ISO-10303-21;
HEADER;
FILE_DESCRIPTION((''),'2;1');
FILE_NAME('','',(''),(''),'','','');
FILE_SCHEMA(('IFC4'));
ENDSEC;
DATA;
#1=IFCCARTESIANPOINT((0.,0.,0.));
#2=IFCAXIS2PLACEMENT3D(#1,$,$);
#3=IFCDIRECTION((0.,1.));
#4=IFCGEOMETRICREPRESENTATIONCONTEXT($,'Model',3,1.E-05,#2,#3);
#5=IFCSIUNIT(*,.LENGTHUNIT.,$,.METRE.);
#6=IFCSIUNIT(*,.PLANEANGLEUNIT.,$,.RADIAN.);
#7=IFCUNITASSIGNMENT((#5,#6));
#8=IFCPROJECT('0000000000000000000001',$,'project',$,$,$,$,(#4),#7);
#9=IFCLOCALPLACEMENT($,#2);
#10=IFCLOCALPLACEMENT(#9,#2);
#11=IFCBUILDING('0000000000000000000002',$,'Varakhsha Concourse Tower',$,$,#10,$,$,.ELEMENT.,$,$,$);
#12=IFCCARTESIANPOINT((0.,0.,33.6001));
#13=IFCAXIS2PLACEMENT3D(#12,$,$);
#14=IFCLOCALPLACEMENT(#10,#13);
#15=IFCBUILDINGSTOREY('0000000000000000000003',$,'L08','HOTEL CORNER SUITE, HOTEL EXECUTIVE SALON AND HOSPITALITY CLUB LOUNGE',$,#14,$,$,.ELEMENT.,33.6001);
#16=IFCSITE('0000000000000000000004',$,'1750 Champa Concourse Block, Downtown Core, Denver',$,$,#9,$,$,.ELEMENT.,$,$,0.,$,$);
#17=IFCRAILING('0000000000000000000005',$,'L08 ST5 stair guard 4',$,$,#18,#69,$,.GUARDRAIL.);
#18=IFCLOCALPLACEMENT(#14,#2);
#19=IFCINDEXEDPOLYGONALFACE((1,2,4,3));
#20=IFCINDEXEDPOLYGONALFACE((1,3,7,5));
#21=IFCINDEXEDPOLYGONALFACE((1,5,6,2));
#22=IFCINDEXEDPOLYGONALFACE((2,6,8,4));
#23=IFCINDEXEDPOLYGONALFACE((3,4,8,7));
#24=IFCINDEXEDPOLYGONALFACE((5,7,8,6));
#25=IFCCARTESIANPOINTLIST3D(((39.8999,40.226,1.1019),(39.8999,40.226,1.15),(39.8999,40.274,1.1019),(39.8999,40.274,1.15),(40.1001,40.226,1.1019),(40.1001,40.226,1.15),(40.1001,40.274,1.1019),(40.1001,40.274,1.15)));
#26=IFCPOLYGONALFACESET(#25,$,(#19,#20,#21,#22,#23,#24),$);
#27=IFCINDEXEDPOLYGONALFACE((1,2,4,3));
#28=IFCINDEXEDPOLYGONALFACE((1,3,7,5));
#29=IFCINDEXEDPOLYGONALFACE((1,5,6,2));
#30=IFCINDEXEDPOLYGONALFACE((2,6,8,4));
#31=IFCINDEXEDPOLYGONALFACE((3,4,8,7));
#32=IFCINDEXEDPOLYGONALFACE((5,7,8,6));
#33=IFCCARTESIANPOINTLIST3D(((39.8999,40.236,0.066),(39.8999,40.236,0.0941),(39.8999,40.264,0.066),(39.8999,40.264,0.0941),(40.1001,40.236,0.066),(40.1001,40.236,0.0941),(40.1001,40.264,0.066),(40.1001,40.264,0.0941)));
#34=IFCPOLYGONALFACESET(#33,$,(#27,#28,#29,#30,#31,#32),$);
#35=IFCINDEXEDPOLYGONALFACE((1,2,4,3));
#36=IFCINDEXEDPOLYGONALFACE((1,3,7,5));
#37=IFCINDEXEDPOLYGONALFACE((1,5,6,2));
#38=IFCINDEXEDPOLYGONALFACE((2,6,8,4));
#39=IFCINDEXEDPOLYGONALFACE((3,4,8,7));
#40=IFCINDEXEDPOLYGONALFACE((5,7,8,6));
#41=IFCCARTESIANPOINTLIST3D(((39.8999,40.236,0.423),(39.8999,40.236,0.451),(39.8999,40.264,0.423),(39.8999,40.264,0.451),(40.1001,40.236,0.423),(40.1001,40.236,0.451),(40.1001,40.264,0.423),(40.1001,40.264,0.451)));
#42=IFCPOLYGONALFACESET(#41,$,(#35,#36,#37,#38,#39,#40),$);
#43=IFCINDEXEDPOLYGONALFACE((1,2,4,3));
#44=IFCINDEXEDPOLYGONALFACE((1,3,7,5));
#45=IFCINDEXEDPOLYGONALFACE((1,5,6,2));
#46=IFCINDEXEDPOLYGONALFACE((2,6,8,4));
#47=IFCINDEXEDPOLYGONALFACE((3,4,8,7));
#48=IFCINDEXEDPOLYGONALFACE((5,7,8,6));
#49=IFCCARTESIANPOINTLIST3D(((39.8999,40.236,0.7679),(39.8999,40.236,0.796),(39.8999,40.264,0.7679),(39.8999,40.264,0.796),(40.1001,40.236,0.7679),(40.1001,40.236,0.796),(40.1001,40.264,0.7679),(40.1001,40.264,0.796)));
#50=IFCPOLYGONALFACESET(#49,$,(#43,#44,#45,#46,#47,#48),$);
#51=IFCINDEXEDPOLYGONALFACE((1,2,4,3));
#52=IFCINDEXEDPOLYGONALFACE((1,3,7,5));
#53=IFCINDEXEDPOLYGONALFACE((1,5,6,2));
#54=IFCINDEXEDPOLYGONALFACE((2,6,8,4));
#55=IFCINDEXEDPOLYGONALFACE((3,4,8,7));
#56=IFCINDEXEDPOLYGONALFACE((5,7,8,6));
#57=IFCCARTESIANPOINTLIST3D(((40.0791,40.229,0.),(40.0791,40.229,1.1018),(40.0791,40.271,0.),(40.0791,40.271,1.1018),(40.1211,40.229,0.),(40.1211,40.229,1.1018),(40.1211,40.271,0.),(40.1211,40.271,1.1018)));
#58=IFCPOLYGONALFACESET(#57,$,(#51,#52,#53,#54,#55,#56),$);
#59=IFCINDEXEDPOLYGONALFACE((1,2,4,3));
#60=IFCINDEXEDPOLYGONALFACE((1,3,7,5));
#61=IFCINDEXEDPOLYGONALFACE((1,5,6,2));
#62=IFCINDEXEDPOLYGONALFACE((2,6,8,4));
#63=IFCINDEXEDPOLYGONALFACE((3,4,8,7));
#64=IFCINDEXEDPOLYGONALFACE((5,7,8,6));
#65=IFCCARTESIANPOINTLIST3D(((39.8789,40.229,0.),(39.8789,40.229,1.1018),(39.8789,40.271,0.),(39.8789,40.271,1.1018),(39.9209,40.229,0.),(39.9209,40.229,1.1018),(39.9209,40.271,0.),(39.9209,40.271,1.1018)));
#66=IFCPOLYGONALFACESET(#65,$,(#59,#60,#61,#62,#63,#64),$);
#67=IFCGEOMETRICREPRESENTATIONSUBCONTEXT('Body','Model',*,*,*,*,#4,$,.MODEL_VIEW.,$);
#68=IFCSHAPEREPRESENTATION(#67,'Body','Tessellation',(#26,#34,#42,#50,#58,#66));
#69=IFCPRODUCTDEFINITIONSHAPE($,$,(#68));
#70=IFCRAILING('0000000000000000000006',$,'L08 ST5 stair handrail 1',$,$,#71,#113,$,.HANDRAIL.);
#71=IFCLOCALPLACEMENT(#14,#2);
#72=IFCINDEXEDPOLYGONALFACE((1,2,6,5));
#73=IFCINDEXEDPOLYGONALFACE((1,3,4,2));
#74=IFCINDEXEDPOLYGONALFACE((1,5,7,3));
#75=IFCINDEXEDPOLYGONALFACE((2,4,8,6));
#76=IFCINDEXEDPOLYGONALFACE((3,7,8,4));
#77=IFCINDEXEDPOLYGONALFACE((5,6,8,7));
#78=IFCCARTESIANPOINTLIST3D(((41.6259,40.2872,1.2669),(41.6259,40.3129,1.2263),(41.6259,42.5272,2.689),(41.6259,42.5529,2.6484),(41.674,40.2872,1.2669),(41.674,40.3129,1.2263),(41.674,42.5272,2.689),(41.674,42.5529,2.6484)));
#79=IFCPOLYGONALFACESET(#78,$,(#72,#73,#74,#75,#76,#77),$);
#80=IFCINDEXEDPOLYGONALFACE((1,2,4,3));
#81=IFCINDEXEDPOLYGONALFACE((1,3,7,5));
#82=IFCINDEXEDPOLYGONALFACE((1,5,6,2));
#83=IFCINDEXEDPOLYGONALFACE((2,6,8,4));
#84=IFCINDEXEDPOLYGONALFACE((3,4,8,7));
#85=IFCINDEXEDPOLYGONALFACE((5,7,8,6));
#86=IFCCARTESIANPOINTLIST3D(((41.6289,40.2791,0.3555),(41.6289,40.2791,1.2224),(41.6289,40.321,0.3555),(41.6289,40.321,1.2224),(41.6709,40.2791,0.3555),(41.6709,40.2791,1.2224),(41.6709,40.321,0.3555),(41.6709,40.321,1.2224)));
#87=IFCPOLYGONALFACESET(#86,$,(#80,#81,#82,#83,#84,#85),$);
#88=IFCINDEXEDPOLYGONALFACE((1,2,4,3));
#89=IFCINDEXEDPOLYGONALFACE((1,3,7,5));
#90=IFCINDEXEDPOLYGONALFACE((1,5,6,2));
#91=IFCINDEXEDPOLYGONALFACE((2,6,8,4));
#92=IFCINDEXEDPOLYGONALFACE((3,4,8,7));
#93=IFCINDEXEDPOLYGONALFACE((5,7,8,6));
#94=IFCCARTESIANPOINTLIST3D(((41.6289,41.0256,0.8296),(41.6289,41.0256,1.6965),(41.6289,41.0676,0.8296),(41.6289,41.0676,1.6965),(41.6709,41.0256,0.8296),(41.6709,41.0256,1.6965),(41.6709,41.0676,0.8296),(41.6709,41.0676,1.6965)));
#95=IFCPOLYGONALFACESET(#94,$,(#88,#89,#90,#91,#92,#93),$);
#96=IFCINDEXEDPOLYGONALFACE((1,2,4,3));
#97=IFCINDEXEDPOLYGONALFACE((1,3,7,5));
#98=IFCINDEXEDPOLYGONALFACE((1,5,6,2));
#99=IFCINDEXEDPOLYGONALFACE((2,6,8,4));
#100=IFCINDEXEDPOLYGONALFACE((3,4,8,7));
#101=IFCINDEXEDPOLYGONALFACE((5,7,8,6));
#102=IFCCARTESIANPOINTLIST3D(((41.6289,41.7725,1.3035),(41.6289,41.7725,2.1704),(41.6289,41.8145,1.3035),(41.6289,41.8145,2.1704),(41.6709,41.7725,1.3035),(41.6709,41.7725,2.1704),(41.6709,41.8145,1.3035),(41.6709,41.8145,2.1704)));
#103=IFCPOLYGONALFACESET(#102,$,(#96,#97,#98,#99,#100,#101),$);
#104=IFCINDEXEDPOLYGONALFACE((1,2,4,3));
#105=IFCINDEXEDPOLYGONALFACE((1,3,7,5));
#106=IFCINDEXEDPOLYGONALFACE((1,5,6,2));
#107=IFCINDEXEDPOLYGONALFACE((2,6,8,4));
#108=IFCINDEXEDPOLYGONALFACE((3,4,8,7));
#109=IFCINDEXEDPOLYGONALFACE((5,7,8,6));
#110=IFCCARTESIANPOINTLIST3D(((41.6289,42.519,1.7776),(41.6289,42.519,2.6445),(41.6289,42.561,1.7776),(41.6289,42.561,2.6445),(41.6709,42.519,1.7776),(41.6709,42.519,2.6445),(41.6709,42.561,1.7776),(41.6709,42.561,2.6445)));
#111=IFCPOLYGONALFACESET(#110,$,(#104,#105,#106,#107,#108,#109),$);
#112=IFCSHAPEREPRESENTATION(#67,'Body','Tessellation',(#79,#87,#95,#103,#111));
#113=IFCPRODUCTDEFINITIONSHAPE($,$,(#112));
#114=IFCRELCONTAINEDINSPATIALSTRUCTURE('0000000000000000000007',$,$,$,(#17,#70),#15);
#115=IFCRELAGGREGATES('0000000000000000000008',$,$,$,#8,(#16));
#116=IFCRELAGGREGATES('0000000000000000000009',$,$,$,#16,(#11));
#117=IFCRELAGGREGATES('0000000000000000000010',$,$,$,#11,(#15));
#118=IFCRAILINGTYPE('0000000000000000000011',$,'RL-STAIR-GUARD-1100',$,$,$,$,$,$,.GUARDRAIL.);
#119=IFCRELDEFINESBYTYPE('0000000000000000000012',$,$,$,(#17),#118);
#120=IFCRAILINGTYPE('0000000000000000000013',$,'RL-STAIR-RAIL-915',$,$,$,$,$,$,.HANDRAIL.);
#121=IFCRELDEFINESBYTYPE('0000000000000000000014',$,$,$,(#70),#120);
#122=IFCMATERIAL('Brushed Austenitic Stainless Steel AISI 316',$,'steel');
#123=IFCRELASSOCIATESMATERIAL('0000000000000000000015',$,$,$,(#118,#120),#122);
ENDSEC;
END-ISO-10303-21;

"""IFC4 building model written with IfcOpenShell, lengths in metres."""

from ifc_helpers import new_model, si_unit, direction, frame, origin, origin_2d, place, context, subcontext, project, spatial, rectangle, extrude, material, type_object, element, save


model = new_model("IFC4")

# Units and contexts
model_context = context("Model", 3, precision=1e-05, world=origin(), true_north=direction((0.0, 1.0)))
body_context = subcontext(model_context, "Body", "Model", "MODEL_VIEW")
ifc_project = project(units=[si_unit("LENGTHUNIT", "METRE"), si_unit("PLANEANGLEUNIT", "RADIAN")], contexts=[model_context])

# Site, building, storey
site_placement = place(None, origin())
site = spatial("IfcSite", under=ifc_project, at=site_placement, Name="1750 Champa Concourse Block, Downtown Core, Denver", CompositionType="ELEMENT", RefElevation=0.0)
building_placement = place(site_placement, origin())
building = spatial("IfcBuilding", under=site, at=building_placement, Name="Varakhsha Concourse Tower", CompositionType="ELEMENT")
storey_placement = place(building_placement, frame((0.0, 0.0, 33.6001)))
storey = spatial("IfcBuildingStorey", under=building, at=storey_placement, Name="L08", Description="HOTEL CORNER SUITE, HOTEL EXECUTIVE SALON AND HOSPITALITY CLUB LOUNGE", CompositionType="ELEMENT", Elevation=33.6001)

# Railings
ifc_material_1 = material(Name="Brushed Austenitic Stainless Steel AISI 316", Category="steel")
railing_type_1 = type_object("IfcRailingType", Name="RL-STAIR-GUARD-1100", PredefinedType="GUARDRAIL", material=ifc_material_1)
for number, where, name in (
    (1, (40.1001, 40.25, 0.0), "L08 ST5 stair guard 4"),
):
    element("IfcRailing", number, at=place(storey_placement, frame(where)), inside=storey, type_object=railing_type_1, Name=name, PredefinedType="GUARDRAIL", context=body_context, shape_type="SweptSolid", body=[
        extrude(rectangle(XDim=0.0481, YDim=0.0481, at=origin_2d()), frame((0.0, 0.0, 1.126), z_axis=(-1.0, 0.0, 0.0), x_axis=(0.0, -1.0, 0.0)), (0.0, 0.0, 1.0), 0.2002),
        extrude(rectangle(XDim=0.0281, YDim=0.0281, at=origin_2d()), frame((0.0, 0.0, 0.0801), z_axis=(-1.0, 0.0, 0.0), x_axis=(0.0, -1.0, 0.0)), (0.0, 0.0, 1.0), 0.2002),
        extrude(rectangle(XDim=0.0281, YDim=0.0281, at=origin_2d()), frame((0.0, 0.0, 0.437), z_axis=(-1.0, 0.0, 0.0), x_axis=(0.0, -1.0, 0.0)), (0.0, 0.0, 1.0), 0.2002),
        extrude(rectangle(XDim=0.0281, YDim=0.0281, at=origin_2d()), frame((0.0, 0.0, 0.782), z_axis=(-1.0, 0.0, 0.0), x_axis=(0.0, -1.0, 0.0)), (0.0, 0.0, 1.0), 0.2002),
        extrude(rectangle(XDim=0.042, YDim=0.042, at=origin_2d()), origin(), (0.0, 0.0, 1.0), 1.1018),
        extrude(rectangle(XDim=0.042, YDim=0.042, at=origin_2d()), frame((-0.2002, 0.0, 0.0)), (0.0, 0.0, 1.0), 1.1018),
    ])
railing_type_2 = type_object("IfcRailingType", Name="RL-STAIR-RAIL-915", PredefinedType="HANDRAIL", material=ifc_material_1)
railing_1_placement = place(storey_placement, frame((41.6499, 40.3, 0.3555)))
element("IfcRailing", 2, at=railing_1_placement, inside=storey, type_object=railing_type_2, Name="L08 ST5 stair handrail 1", PredefinedType="HANDRAIL", context=body_context, shape_type="SweptSolid", body=[
    extrude(rectangle(XDim=0.0481, YDim=0.0481, at=origin_2d()), frame((0.0, 0.0, 0.8911), z_axis=(0.0, 0.844229, 0.535982), x_axis=(-1.0, 0.0, 0.0)), (0.0, 0.0, 1.0), 2.6533),
    extrude(rectangle(XDim=0.042, YDim=0.042, at=origin_2d()), origin(), (0.0, 0.0, 1.0), 0.8669),
    extrude(rectangle(XDim=0.042, YDim=0.042, at=origin_2d()), frame((0.0, 0.7466, 0.4741)), (0.0, 0.0, 1.0), 0.8669),
    extrude(rectangle(XDim=0.042, YDim=0.042, at=origin_2d()), frame((0.0, 1.4934, 0.948)), (0.0, 0.0, 1.0), 0.8669),
    extrude(rectangle(XDim=0.042, YDim=0.042, at=origin_2d()), frame((0.0, 2.24, 1.4221)), (0.0, 0.0, 1.0), 0.8669),
])

save(model, "model.ifc")
